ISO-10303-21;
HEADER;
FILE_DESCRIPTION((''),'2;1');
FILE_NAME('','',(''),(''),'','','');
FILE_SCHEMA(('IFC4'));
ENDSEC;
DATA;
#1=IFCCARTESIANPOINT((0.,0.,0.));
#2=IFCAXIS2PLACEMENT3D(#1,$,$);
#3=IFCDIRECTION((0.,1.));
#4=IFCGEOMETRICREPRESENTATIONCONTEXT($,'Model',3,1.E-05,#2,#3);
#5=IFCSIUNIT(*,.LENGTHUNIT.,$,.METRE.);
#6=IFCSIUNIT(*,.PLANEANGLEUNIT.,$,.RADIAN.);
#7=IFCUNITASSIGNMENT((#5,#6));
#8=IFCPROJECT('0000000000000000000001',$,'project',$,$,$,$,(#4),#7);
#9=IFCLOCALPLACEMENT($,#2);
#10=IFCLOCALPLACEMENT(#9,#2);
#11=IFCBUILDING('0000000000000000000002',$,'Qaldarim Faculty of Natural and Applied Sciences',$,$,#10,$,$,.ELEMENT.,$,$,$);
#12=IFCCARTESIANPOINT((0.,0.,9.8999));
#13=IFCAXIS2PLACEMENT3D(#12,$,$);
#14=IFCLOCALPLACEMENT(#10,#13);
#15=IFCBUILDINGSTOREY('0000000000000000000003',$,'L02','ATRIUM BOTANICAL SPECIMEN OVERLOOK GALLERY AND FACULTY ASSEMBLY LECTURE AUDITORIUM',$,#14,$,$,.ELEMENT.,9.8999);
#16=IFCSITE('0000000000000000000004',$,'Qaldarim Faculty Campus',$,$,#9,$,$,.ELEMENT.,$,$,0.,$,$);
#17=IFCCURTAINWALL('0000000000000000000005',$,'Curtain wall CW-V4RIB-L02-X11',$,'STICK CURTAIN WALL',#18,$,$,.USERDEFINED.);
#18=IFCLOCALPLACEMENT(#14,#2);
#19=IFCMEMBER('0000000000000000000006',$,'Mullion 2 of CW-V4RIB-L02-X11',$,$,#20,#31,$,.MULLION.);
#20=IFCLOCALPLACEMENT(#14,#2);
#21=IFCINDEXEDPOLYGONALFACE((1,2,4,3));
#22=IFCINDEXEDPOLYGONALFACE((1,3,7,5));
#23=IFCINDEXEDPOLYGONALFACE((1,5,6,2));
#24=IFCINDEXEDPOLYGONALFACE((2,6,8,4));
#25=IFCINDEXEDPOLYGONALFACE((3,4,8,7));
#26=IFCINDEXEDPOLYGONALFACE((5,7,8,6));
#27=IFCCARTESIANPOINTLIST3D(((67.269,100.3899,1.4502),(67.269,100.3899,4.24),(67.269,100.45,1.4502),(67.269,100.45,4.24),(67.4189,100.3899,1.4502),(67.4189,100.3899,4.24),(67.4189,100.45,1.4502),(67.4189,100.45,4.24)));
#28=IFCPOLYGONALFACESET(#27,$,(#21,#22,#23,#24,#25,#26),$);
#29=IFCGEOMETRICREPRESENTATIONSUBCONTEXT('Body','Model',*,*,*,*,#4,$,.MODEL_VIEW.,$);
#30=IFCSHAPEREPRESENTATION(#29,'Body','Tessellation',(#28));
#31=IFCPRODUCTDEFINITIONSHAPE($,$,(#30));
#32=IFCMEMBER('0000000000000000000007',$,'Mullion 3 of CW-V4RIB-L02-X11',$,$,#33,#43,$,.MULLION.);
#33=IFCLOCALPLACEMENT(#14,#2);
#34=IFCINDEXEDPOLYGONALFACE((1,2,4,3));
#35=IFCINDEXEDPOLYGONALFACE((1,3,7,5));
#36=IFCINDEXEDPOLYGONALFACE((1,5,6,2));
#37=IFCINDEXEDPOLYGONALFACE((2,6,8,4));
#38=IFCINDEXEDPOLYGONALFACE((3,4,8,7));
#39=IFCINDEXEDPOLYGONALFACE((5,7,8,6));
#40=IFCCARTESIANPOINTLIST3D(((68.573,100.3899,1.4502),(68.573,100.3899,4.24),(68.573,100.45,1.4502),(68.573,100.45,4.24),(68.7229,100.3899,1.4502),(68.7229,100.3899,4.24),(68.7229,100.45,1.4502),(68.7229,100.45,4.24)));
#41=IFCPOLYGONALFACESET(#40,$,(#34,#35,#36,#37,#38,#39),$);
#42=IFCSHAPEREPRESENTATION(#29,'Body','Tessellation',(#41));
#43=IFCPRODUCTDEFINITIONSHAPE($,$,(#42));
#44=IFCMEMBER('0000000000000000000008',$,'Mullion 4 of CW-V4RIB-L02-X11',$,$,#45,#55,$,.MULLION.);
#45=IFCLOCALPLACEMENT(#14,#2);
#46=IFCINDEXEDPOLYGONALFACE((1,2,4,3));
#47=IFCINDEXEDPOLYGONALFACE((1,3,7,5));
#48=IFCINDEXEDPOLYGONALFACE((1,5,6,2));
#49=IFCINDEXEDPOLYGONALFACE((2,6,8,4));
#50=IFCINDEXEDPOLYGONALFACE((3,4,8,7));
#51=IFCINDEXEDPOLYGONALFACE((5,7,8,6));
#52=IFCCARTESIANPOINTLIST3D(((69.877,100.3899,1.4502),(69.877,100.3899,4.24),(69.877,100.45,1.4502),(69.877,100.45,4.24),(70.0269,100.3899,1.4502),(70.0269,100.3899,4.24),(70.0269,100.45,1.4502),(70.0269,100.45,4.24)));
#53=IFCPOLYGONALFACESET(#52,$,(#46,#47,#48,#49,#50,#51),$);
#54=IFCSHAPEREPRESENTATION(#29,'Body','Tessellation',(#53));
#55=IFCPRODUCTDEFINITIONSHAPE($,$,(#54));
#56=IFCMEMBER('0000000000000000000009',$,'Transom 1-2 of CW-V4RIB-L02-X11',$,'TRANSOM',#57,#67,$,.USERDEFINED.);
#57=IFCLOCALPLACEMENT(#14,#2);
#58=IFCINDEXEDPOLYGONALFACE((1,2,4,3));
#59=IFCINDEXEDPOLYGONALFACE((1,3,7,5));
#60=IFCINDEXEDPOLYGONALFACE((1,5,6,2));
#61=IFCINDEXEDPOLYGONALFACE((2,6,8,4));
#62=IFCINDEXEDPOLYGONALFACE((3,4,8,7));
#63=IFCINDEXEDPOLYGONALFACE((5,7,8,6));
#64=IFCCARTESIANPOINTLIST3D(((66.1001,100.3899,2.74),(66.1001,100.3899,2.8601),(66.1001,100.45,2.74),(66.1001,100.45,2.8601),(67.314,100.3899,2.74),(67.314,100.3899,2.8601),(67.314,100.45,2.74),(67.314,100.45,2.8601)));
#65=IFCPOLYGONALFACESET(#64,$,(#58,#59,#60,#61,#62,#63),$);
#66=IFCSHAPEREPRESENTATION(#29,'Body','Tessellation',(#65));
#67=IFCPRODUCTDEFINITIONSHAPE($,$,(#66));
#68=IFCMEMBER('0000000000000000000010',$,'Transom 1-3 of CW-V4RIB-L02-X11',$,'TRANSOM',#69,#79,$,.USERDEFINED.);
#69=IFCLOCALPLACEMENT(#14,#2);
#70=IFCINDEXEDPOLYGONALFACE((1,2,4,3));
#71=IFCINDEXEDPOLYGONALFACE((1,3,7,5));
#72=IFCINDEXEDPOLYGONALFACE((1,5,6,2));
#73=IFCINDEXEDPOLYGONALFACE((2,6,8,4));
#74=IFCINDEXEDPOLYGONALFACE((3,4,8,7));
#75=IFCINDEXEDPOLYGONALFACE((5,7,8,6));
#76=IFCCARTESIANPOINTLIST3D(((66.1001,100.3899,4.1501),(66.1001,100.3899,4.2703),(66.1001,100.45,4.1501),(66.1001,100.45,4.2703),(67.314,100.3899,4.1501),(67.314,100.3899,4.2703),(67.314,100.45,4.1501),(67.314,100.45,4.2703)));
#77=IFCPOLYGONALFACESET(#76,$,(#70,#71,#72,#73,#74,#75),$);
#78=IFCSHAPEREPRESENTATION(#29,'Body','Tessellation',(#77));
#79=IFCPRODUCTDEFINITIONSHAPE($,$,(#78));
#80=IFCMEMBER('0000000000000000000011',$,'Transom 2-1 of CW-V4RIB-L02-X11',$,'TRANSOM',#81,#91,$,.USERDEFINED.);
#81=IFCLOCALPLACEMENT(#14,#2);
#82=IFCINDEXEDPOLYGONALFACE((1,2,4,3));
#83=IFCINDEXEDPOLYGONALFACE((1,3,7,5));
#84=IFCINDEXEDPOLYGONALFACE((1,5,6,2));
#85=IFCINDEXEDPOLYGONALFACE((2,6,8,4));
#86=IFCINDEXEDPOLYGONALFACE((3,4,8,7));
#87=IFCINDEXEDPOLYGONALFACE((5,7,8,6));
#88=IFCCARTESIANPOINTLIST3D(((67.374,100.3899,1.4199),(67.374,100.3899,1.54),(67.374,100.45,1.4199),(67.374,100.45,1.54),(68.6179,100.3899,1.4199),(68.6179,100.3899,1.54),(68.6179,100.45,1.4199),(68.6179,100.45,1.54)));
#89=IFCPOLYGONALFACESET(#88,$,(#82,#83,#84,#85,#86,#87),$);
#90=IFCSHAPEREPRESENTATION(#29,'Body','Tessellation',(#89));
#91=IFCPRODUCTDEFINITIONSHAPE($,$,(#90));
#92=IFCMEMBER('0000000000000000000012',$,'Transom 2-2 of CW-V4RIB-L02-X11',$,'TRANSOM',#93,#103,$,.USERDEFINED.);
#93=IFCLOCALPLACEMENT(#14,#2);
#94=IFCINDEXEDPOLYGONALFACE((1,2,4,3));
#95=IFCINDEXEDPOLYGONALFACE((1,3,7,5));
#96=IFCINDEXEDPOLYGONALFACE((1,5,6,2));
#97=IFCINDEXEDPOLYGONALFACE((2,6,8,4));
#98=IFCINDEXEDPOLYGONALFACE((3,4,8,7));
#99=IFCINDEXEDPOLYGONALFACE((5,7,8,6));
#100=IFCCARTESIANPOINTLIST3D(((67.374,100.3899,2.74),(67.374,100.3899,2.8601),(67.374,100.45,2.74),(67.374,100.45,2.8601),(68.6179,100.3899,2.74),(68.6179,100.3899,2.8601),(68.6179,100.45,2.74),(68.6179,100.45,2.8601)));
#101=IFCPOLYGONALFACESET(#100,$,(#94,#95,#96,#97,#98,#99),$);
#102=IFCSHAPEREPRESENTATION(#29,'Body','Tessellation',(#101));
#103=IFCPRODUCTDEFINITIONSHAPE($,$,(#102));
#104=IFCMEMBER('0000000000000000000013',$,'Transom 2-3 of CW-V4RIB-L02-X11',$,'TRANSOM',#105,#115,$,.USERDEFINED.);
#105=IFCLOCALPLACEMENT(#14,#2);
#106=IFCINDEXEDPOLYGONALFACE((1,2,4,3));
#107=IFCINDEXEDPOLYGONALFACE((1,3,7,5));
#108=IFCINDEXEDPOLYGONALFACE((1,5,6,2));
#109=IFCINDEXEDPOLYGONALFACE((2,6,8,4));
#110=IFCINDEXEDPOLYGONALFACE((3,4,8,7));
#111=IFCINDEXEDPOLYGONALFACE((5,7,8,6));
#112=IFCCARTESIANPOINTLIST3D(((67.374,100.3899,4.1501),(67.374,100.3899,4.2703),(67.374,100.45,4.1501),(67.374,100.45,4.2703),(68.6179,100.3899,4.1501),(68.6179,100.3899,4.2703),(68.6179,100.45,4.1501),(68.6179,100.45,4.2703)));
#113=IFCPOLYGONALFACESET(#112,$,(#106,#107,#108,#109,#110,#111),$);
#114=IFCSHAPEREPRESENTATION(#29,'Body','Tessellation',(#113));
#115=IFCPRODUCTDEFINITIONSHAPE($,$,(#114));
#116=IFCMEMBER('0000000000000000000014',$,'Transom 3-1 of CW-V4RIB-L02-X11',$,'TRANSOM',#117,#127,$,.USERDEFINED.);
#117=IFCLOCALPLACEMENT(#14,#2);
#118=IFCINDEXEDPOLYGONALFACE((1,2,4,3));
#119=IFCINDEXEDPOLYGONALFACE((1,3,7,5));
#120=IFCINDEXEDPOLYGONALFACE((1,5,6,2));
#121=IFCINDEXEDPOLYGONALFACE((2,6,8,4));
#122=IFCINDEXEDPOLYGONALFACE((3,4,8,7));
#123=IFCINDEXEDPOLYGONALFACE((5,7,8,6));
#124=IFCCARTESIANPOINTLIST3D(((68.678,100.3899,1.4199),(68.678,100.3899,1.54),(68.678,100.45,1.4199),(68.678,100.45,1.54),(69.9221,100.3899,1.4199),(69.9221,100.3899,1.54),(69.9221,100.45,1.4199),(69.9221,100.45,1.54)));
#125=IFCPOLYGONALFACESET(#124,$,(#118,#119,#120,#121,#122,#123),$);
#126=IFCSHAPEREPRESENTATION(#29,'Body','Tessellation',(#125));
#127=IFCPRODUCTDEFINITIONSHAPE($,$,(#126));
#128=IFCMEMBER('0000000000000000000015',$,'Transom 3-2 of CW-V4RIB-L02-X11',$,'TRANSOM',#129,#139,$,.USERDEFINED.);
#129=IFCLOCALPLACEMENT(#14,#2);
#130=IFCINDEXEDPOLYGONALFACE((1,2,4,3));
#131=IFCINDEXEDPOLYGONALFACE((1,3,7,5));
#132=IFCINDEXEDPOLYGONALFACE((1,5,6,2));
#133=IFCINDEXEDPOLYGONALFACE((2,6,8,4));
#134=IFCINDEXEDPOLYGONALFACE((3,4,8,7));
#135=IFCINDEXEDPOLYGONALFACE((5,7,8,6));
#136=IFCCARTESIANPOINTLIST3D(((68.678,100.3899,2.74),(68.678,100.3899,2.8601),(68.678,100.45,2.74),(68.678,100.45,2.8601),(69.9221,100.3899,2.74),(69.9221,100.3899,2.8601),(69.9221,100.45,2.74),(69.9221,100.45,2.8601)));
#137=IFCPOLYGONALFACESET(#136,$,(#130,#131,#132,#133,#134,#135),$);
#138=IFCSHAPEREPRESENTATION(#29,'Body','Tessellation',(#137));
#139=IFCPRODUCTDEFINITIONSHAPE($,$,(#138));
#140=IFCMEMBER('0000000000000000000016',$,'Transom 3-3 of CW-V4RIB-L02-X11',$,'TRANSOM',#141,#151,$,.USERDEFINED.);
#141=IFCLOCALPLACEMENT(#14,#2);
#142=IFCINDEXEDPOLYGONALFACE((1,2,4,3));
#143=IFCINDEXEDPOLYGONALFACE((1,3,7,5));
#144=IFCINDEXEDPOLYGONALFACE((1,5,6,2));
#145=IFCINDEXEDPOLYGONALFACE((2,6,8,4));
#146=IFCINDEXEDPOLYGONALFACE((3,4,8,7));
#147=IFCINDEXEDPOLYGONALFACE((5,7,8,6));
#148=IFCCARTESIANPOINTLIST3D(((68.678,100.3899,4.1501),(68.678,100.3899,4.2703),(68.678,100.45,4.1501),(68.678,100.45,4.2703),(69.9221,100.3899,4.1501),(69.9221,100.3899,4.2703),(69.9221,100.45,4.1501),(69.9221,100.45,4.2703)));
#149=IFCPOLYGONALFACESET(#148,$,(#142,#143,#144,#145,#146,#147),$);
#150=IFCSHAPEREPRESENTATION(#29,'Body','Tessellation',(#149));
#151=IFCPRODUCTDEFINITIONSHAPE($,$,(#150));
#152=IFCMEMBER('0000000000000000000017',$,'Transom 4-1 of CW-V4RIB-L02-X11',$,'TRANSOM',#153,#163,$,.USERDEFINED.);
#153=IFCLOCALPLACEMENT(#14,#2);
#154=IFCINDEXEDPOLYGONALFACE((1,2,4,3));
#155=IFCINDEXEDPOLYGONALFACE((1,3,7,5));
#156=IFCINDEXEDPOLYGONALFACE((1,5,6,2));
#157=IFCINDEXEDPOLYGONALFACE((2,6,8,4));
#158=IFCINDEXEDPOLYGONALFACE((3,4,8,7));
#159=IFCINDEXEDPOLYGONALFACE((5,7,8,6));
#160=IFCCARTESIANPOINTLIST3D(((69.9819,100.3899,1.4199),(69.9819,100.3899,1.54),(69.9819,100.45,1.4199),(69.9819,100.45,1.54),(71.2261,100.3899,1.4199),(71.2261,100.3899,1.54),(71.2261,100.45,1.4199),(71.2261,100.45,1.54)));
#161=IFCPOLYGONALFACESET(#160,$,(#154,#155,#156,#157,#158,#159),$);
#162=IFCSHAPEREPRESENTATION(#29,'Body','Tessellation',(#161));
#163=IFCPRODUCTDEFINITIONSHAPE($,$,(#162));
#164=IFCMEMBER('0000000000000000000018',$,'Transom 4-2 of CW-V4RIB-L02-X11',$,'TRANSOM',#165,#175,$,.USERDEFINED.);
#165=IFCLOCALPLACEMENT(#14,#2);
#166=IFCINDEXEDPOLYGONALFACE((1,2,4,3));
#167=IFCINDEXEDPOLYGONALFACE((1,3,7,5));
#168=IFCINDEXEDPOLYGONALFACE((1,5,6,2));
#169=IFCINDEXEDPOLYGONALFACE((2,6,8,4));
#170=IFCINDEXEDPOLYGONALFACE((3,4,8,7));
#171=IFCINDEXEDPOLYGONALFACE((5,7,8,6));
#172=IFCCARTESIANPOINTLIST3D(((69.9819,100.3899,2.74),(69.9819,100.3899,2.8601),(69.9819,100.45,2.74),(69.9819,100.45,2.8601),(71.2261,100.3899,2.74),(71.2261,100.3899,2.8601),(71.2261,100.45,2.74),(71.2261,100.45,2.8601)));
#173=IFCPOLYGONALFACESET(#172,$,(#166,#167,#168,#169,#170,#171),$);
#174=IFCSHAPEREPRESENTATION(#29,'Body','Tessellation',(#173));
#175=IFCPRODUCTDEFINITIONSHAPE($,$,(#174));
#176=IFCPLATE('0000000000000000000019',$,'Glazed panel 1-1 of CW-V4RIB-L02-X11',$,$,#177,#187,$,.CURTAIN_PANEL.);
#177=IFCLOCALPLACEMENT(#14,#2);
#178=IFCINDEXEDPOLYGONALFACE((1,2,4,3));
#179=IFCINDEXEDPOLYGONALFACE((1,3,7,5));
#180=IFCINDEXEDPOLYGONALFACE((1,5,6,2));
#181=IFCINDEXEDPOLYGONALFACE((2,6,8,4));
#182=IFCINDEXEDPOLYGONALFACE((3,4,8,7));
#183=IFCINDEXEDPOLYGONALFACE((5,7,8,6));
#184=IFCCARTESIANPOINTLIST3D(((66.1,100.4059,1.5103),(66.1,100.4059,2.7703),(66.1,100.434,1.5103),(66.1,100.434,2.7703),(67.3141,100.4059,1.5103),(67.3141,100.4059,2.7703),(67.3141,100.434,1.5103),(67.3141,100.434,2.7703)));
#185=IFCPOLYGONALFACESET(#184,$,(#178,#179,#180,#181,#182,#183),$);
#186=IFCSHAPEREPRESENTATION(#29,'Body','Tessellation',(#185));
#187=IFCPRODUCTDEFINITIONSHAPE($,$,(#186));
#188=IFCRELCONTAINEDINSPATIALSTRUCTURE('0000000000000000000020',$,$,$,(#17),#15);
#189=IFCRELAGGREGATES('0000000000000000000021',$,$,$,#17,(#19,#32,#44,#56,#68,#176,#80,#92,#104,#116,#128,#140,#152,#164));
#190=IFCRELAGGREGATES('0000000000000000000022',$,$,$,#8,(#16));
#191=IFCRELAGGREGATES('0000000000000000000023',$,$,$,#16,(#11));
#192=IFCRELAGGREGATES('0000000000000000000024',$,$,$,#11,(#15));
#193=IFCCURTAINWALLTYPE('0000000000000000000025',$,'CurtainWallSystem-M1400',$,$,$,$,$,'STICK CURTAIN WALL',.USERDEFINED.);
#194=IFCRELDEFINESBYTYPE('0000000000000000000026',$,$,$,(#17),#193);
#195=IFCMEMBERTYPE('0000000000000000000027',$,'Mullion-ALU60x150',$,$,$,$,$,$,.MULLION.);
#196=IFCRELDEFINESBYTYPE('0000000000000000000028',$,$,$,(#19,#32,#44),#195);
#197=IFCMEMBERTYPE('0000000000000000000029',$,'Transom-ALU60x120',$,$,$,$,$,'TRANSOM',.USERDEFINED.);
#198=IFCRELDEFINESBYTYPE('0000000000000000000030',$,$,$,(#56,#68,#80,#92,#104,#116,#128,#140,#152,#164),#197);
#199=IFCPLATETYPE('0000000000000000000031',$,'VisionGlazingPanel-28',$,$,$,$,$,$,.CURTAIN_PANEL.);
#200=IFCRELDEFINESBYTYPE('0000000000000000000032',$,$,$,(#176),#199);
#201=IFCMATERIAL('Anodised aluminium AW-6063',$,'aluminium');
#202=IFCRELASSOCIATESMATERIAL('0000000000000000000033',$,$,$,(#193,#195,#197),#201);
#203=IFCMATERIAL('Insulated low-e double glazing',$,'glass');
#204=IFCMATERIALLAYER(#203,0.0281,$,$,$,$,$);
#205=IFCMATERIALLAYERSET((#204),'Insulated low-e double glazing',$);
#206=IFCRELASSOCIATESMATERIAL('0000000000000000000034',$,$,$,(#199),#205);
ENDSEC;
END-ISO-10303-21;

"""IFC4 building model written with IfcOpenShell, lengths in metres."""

from ifc_helpers import new_model, si_unit, direction, frame, origin, origin_2d, place, context, subcontext, project, spatial, rectangle, extrude, material, layer, layer_set, material_profile, profile_set, type_object, element, aggregate, save


model = new_model("IFC4")

# Units and contexts
model_context = context("Model", 3, precision=1e-05, world=origin(), true_north=direction((0.0, 1.0)))
body_context = subcontext(model_context, "Body", "Model", "MODEL_VIEW")
ifc_project = project(units=[si_unit("LENGTHUNIT", "METRE"), si_unit("PLANEANGLEUNIT", "RADIAN")], contexts=[model_context])

# Site, building, storey
site_placement = place(None, origin())
site = spatial("IfcSite", under=ifc_project, at=site_placement, Name="Qaldarim Faculty Campus", CompositionType="ELEMENT", RefElevation=0.0)
building_placement = place(site_placement, origin())
building = spatial("IfcBuilding", under=site, at=building_placement, Name="Qaldarim Faculty of Natural and Applied Sciences", CompositionType="ELEMENT")
storey_placement = place(building_placement, frame((0.0, 0.0, 9.8999)))
storey = spatial("IfcBuildingStorey", under=building, at=storey_placement, Name="L02", Description="ATRIUM BOTANICAL SPECIMEN OVERLOOK GALLERY AND FACULTY ASSEMBLY LECTURE AUDITORIUM", CompositionType="ELEMENT", Elevation=9.8999)

# Curtain wall, members, plate
ifc_material_1 = material(Name="Anodised aluminium AW-6063", Category="aluminium")
curtain_wall_type = type_object("IfcCurtainWallType", Name="CurtainWallSystem-M1400", ElementType="STICK CURTAIN WALL", PredefinedType="USERDEFINED", material=ifc_material_1)
curtain_wall_placement = place(storey_placement, origin())
curtain_wall = element("IfcCurtainWall", 1, at=curtain_wall_placement, inside=storey, type_object=curtain_wall_type, Name="Curtain wall CW-V4RIB-L02-X11", ObjectType="STICK CURTAIN WALL", PredefinedType="USERDEFINED")
ifc_material_profile_1 = material_profile(ifc_material_1, rectangle(XDim=0.0601, YDim=0.1499, at=origin_2d()), Name="ALU-M60x150")
ifc_profile_set_1 = profile_set([ifc_material_profile_1], Name="Anodised aluminium AW-6063")
member_type_1 = type_object("IfcMemberType", Name="Mullion-ALU60x150", PredefinedType="MULLION", material=ifc_profile_set_1)
member_1_placement = place(storey_placement, frame((67.344, 100.4199, 1.4502), z_axis=(0.0, 0.0, 1.0), x_axis=(0.0, 1.0, 0.0)))
member_1 = element("IfcMember", 2, at=member_1_placement, type_object=member_type_1, Name="Mullion 2 of CW-V4RIB-L02-X11", PredefinedType="MULLION", context=body_context, shape_type="SweptSolid", body=[
    extrude(rectangle(XDim=0.0601, YDim=0.1499, at=origin_2d()), origin(), (0.0, 0.0, 1.0), 2.7898),
])
member_2_placement = place(storey_placement, frame((68.6479, 100.4199, 1.4502), z_axis=(0.0, 0.0, 1.0), x_axis=(0.0, 1.0, 0.0)))
member_2 = element("IfcMember", 3, at=member_2_placement, type_object=member_type_1, Name="Mullion 3 of CW-V4RIB-L02-X11", PredefinedType="MULLION", context=body_context, shape_type="SweptSolid", body=[
    extrude(rectangle(XDim=0.0601, YDim=0.1499, at=origin_2d()), origin(), (0.0, 0.0, 1.0), 2.7898),
])
member_3_placement = place(storey_placement, frame((69.9519, 100.4199, 1.4502), z_axis=(0.0, 0.0, 1.0), x_axis=(0.0, 1.0, 0.0)))
member_3 = element("IfcMember", 4, at=member_3_placement, type_object=member_type_1, Name="Mullion 4 of CW-V4RIB-L02-X11", PredefinedType="MULLION", context=body_context, shape_type="SweptSolid", body=[
    extrude(rectangle(XDim=0.0601, YDim=0.1499, at=origin_2d()), origin(), (0.0, 0.0, 1.0), 2.7898),
])
ifc_material_profile_2 = material_profile(ifc_material_1, rectangle(XDim=0.0601, YDim=0.1201, at=origin_2d()), Name="ALU-T60x120")
ifc_profile_set_2 = profile_set([ifc_material_profile_2], Name="Anodised aluminium AW-6063")
member_type_2 = type_object("IfcMemberType", Name="Transom-ALU60x120", ElementType="TRANSOM", PredefinedType="USERDEFINED", material=ifc_profile_set_2)
member_4_placement = place(storey_placement, frame((66.1001, 100.4199, 2.8), z_axis=(1.0, 0.0, 0.0), x_axis=(0.0, 1.0, 0.0)))
member_4 = element("IfcMember", 5, at=member_4_placement, type_object=member_type_2, Name="Transom 1-2 of CW-V4RIB-L02-X11", ObjectType="TRANSOM", PredefinedType="USERDEFINED", context=body_context, shape_type="SweptSolid", body=[
    extrude(rectangle(XDim=0.0601, YDim=0.1201, at=origin_2d()), origin(), (0.0, 0.0, 1.0), 1.2139),
])
member_5_placement = place(storey_placement, frame((66.1001, 100.4199, 4.2102), z_axis=(1.0, 0.0, 0.0), x_axis=(0.0, 1.0, 0.0)))
member_5 = element("IfcMember", 6, at=member_5_placement, type_object=member_type_2, Name="Transom 1-3 of CW-V4RIB-L02-X11", ObjectType="TRANSOM", PredefinedType="USERDEFINED", context=body_context, shape_type="SweptSolid", body=[
    extrude(rectangle(XDim=0.0601, YDim=0.1201, at=origin_2d()), origin(), (0.0, 0.0, 1.0), 1.2139),
])
member_6_placement = place(storey_placement, frame((67.374, 100.4199, 1.48), z_axis=(1.0, 0.0, 0.0), x_axis=(0.0, 1.0, 0.0)))
member_6 = element("IfcMember", 7, at=member_6_placement, type_object=member_type_2, Name="Transom 2-1 of CW-V4RIB-L02-X11", ObjectType="TRANSOM", PredefinedType="USERDEFINED", context=body_context, shape_type="SweptSolid", body=[
    extrude(rectangle(XDim=0.0601, YDim=0.1201, at=origin_2d()), origin(), (0.0, 0.0, 1.0), 1.2439),
])
member_7_placement = place(storey_placement, frame((67.374, 100.4199, 2.8), z_axis=(1.0, 0.0, 0.0), x_axis=(0.0, 1.0, 0.0)))
member_7 = element("IfcMember", 8, at=member_7_placement, type_object=member_type_2, Name="Transom 2-2 of CW-V4RIB-L02-X11", ObjectType="TRANSOM", PredefinedType="USERDEFINED", context=body_context, shape_type="SweptSolid", body=[
    extrude(rectangle(XDim=0.0601, YDim=0.1201, at=origin_2d()), origin(), (0.0, 0.0, 1.0), 1.2439),
])
member_8_placement = place(storey_placement, frame((67.374, 100.4199, 4.2102), z_axis=(1.0, 0.0, 0.0), x_axis=(0.0, 1.0, 0.0)))
member_8 = element("IfcMember", 9, at=member_8_placement, type_object=member_type_2, Name="Transom 2-3 of CW-V4RIB-L02-X11", ObjectType="TRANSOM", PredefinedType="USERDEFINED", context=body_context, shape_type="SweptSolid", body=[
    extrude(rectangle(XDim=0.0601, YDim=0.1201, at=origin_2d()), origin(), (0.0, 0.0, 1.0), 1.2439),
])
member_9_placement = place(storey_placement, frame((68.678, 100.4199, 1.48), z_axis=(1.0, 0.0, 0.0), x_axis=(0.0, 1.0, 0.0)))
member_9 = element("IfcMember", 10, at=member_9_placement, type_object=member_type_2, Name="Transom 3-1 of CW-V4RIB-L02-X11", ObjectType="TRANSOM", PredefinedType="USERDEFINED", context=body_context, shape_type="SweptSolid", body=[
    extrude(rectangle(XDim=0.0601, YDim=0.1201, at=origin_2d()), origin(), (0.0, 0.0, 1.0), 1.2441),
])
member_10_placement = place(storey_placement, frame((68.678, 100.4199, 2.8), z_axis=(1.0, 0.0, 0.0), x_axis=(0.0, 1.0, 0.0)))
member_10 = element("IfcMember", 11, at=member_10_placement, type_object=member_type_2, Name="Transom 3-2 of CW-V4RIB-L02-X11", ObjectType="TRANSOM", PredefinedType="USERDEFINED", context=body_context, shape_type="SweptSolid", body=[
    extrude(rectangle(XDim=0.0601, YDim=0.1201, at=origin_2d()), origin(), (0.0, 0.0, 1.0), 1.2441),
])
member_11_placement = place(storey_placement, frame((68.678, 100.4199, 4.2102), z_axis=(1.0, 0.0, 0.0), x_axis=(0.0, 1.0, 0.0)))
member_11 = element("IfcMember", 12, at=member_11_placement, type_object=member_type_2, Name="Transom 3-3 of CW-V4RIB-L02-X11", ObjectType="TRANSOM", PredefinedType="USERDEFINED", context=body_context, shape_type="SweptSolid", body=[
    extrude(rectangle(XDim=0.0601, YDim=0.1201, at=origin_2d()), origin(), (0.0, 0.0, 1.0), 1.2441),
])
member_12_placement = place(storey_placement, frame((69.9819, 100.4199, 1.48), z_axis=(1.0, 0.0, 0.0), x_axis=(0.0, 1.0, 0.0)))
member_12 = element("IfcMember", 13, at=member_12_placement, type_object=member_type_2, Name="Transom 4-1 of CW-V4RIB-L02-X11", ObjectType="TRANSOM", PredefinedType="USERDEFINED", context=body_context, shape_type="SweptSolid", body=[
    extrude(rectangle(XDim=0.0601, YDim=0.1201, at=origin_2d()), origin(), (0.0, 0.0, 1.0), 1.2441),
])
member_13_placement = place(storey_placement, frame((69.9819, 100.4199, 2.8), z_axis=(1.0, 0.0, 0.0), x_axis=(0.0, 1.0, 0.0)))
member_13 = element("IfcMember", 14, at=member_13_placement, type_object=member_type_2, Name="Transom 4-2 of CW-V4RIB-L02-X11", ObjectType="TRANSOM", PredefinedType="USERDEFINED", context=body_context, shape_type="SweptSolid", body=[
    extrude(rectangle(XDim=0.0601, YDim=0.1201, at=origin_2d()), origin(), (0.0, 0.0, 1.0), 1.2441),
])
ifc_material_2 = material(Name="Insulated low-e double glazing", Category="glass")
ifc_layer_1 = layer(ifc_material_2, 0.0281)
ifc_layer_set_1 = layer_set([ifc_layer_1], Name="Insulated low-e double glazing")
plate_type = type_object("IfcPlateType", Name="VisionGlazingPanel-28", PredefinedType="CURTAIN_PANEL", material=ifc_layer_set_1)
plate_1_placement = place(storey_placement, frame((66.707, 100.4199, 1.5103), z_axis=(0.0, 0.0, 1.0), x_axis=(1.0, 0.0, 0.0)))
plate_1 = element("IfcPlate", 15, at=plate_1_placement, type_object=plate_type, Name="Glazed panel 1-1 of CW-V4RIB-L02-X11", PredefinedType="CURTAIN_PANEL", context=body_context, shape_type="SweptSolid", body=[
    extrude(rectangle(XDim=1.2141, YDim=0.0281, at=origin_2d()), origin(), (0.0, 0.0, 1.0), 1.26),
])
aggregate(curtain_wall, [member_1, member_2, member_3, member_4, member_5, plate_1, member_6, member_7, member_8, member_9, member_10, member_11, member_12, member_13])

save(model, "model.ifc")
